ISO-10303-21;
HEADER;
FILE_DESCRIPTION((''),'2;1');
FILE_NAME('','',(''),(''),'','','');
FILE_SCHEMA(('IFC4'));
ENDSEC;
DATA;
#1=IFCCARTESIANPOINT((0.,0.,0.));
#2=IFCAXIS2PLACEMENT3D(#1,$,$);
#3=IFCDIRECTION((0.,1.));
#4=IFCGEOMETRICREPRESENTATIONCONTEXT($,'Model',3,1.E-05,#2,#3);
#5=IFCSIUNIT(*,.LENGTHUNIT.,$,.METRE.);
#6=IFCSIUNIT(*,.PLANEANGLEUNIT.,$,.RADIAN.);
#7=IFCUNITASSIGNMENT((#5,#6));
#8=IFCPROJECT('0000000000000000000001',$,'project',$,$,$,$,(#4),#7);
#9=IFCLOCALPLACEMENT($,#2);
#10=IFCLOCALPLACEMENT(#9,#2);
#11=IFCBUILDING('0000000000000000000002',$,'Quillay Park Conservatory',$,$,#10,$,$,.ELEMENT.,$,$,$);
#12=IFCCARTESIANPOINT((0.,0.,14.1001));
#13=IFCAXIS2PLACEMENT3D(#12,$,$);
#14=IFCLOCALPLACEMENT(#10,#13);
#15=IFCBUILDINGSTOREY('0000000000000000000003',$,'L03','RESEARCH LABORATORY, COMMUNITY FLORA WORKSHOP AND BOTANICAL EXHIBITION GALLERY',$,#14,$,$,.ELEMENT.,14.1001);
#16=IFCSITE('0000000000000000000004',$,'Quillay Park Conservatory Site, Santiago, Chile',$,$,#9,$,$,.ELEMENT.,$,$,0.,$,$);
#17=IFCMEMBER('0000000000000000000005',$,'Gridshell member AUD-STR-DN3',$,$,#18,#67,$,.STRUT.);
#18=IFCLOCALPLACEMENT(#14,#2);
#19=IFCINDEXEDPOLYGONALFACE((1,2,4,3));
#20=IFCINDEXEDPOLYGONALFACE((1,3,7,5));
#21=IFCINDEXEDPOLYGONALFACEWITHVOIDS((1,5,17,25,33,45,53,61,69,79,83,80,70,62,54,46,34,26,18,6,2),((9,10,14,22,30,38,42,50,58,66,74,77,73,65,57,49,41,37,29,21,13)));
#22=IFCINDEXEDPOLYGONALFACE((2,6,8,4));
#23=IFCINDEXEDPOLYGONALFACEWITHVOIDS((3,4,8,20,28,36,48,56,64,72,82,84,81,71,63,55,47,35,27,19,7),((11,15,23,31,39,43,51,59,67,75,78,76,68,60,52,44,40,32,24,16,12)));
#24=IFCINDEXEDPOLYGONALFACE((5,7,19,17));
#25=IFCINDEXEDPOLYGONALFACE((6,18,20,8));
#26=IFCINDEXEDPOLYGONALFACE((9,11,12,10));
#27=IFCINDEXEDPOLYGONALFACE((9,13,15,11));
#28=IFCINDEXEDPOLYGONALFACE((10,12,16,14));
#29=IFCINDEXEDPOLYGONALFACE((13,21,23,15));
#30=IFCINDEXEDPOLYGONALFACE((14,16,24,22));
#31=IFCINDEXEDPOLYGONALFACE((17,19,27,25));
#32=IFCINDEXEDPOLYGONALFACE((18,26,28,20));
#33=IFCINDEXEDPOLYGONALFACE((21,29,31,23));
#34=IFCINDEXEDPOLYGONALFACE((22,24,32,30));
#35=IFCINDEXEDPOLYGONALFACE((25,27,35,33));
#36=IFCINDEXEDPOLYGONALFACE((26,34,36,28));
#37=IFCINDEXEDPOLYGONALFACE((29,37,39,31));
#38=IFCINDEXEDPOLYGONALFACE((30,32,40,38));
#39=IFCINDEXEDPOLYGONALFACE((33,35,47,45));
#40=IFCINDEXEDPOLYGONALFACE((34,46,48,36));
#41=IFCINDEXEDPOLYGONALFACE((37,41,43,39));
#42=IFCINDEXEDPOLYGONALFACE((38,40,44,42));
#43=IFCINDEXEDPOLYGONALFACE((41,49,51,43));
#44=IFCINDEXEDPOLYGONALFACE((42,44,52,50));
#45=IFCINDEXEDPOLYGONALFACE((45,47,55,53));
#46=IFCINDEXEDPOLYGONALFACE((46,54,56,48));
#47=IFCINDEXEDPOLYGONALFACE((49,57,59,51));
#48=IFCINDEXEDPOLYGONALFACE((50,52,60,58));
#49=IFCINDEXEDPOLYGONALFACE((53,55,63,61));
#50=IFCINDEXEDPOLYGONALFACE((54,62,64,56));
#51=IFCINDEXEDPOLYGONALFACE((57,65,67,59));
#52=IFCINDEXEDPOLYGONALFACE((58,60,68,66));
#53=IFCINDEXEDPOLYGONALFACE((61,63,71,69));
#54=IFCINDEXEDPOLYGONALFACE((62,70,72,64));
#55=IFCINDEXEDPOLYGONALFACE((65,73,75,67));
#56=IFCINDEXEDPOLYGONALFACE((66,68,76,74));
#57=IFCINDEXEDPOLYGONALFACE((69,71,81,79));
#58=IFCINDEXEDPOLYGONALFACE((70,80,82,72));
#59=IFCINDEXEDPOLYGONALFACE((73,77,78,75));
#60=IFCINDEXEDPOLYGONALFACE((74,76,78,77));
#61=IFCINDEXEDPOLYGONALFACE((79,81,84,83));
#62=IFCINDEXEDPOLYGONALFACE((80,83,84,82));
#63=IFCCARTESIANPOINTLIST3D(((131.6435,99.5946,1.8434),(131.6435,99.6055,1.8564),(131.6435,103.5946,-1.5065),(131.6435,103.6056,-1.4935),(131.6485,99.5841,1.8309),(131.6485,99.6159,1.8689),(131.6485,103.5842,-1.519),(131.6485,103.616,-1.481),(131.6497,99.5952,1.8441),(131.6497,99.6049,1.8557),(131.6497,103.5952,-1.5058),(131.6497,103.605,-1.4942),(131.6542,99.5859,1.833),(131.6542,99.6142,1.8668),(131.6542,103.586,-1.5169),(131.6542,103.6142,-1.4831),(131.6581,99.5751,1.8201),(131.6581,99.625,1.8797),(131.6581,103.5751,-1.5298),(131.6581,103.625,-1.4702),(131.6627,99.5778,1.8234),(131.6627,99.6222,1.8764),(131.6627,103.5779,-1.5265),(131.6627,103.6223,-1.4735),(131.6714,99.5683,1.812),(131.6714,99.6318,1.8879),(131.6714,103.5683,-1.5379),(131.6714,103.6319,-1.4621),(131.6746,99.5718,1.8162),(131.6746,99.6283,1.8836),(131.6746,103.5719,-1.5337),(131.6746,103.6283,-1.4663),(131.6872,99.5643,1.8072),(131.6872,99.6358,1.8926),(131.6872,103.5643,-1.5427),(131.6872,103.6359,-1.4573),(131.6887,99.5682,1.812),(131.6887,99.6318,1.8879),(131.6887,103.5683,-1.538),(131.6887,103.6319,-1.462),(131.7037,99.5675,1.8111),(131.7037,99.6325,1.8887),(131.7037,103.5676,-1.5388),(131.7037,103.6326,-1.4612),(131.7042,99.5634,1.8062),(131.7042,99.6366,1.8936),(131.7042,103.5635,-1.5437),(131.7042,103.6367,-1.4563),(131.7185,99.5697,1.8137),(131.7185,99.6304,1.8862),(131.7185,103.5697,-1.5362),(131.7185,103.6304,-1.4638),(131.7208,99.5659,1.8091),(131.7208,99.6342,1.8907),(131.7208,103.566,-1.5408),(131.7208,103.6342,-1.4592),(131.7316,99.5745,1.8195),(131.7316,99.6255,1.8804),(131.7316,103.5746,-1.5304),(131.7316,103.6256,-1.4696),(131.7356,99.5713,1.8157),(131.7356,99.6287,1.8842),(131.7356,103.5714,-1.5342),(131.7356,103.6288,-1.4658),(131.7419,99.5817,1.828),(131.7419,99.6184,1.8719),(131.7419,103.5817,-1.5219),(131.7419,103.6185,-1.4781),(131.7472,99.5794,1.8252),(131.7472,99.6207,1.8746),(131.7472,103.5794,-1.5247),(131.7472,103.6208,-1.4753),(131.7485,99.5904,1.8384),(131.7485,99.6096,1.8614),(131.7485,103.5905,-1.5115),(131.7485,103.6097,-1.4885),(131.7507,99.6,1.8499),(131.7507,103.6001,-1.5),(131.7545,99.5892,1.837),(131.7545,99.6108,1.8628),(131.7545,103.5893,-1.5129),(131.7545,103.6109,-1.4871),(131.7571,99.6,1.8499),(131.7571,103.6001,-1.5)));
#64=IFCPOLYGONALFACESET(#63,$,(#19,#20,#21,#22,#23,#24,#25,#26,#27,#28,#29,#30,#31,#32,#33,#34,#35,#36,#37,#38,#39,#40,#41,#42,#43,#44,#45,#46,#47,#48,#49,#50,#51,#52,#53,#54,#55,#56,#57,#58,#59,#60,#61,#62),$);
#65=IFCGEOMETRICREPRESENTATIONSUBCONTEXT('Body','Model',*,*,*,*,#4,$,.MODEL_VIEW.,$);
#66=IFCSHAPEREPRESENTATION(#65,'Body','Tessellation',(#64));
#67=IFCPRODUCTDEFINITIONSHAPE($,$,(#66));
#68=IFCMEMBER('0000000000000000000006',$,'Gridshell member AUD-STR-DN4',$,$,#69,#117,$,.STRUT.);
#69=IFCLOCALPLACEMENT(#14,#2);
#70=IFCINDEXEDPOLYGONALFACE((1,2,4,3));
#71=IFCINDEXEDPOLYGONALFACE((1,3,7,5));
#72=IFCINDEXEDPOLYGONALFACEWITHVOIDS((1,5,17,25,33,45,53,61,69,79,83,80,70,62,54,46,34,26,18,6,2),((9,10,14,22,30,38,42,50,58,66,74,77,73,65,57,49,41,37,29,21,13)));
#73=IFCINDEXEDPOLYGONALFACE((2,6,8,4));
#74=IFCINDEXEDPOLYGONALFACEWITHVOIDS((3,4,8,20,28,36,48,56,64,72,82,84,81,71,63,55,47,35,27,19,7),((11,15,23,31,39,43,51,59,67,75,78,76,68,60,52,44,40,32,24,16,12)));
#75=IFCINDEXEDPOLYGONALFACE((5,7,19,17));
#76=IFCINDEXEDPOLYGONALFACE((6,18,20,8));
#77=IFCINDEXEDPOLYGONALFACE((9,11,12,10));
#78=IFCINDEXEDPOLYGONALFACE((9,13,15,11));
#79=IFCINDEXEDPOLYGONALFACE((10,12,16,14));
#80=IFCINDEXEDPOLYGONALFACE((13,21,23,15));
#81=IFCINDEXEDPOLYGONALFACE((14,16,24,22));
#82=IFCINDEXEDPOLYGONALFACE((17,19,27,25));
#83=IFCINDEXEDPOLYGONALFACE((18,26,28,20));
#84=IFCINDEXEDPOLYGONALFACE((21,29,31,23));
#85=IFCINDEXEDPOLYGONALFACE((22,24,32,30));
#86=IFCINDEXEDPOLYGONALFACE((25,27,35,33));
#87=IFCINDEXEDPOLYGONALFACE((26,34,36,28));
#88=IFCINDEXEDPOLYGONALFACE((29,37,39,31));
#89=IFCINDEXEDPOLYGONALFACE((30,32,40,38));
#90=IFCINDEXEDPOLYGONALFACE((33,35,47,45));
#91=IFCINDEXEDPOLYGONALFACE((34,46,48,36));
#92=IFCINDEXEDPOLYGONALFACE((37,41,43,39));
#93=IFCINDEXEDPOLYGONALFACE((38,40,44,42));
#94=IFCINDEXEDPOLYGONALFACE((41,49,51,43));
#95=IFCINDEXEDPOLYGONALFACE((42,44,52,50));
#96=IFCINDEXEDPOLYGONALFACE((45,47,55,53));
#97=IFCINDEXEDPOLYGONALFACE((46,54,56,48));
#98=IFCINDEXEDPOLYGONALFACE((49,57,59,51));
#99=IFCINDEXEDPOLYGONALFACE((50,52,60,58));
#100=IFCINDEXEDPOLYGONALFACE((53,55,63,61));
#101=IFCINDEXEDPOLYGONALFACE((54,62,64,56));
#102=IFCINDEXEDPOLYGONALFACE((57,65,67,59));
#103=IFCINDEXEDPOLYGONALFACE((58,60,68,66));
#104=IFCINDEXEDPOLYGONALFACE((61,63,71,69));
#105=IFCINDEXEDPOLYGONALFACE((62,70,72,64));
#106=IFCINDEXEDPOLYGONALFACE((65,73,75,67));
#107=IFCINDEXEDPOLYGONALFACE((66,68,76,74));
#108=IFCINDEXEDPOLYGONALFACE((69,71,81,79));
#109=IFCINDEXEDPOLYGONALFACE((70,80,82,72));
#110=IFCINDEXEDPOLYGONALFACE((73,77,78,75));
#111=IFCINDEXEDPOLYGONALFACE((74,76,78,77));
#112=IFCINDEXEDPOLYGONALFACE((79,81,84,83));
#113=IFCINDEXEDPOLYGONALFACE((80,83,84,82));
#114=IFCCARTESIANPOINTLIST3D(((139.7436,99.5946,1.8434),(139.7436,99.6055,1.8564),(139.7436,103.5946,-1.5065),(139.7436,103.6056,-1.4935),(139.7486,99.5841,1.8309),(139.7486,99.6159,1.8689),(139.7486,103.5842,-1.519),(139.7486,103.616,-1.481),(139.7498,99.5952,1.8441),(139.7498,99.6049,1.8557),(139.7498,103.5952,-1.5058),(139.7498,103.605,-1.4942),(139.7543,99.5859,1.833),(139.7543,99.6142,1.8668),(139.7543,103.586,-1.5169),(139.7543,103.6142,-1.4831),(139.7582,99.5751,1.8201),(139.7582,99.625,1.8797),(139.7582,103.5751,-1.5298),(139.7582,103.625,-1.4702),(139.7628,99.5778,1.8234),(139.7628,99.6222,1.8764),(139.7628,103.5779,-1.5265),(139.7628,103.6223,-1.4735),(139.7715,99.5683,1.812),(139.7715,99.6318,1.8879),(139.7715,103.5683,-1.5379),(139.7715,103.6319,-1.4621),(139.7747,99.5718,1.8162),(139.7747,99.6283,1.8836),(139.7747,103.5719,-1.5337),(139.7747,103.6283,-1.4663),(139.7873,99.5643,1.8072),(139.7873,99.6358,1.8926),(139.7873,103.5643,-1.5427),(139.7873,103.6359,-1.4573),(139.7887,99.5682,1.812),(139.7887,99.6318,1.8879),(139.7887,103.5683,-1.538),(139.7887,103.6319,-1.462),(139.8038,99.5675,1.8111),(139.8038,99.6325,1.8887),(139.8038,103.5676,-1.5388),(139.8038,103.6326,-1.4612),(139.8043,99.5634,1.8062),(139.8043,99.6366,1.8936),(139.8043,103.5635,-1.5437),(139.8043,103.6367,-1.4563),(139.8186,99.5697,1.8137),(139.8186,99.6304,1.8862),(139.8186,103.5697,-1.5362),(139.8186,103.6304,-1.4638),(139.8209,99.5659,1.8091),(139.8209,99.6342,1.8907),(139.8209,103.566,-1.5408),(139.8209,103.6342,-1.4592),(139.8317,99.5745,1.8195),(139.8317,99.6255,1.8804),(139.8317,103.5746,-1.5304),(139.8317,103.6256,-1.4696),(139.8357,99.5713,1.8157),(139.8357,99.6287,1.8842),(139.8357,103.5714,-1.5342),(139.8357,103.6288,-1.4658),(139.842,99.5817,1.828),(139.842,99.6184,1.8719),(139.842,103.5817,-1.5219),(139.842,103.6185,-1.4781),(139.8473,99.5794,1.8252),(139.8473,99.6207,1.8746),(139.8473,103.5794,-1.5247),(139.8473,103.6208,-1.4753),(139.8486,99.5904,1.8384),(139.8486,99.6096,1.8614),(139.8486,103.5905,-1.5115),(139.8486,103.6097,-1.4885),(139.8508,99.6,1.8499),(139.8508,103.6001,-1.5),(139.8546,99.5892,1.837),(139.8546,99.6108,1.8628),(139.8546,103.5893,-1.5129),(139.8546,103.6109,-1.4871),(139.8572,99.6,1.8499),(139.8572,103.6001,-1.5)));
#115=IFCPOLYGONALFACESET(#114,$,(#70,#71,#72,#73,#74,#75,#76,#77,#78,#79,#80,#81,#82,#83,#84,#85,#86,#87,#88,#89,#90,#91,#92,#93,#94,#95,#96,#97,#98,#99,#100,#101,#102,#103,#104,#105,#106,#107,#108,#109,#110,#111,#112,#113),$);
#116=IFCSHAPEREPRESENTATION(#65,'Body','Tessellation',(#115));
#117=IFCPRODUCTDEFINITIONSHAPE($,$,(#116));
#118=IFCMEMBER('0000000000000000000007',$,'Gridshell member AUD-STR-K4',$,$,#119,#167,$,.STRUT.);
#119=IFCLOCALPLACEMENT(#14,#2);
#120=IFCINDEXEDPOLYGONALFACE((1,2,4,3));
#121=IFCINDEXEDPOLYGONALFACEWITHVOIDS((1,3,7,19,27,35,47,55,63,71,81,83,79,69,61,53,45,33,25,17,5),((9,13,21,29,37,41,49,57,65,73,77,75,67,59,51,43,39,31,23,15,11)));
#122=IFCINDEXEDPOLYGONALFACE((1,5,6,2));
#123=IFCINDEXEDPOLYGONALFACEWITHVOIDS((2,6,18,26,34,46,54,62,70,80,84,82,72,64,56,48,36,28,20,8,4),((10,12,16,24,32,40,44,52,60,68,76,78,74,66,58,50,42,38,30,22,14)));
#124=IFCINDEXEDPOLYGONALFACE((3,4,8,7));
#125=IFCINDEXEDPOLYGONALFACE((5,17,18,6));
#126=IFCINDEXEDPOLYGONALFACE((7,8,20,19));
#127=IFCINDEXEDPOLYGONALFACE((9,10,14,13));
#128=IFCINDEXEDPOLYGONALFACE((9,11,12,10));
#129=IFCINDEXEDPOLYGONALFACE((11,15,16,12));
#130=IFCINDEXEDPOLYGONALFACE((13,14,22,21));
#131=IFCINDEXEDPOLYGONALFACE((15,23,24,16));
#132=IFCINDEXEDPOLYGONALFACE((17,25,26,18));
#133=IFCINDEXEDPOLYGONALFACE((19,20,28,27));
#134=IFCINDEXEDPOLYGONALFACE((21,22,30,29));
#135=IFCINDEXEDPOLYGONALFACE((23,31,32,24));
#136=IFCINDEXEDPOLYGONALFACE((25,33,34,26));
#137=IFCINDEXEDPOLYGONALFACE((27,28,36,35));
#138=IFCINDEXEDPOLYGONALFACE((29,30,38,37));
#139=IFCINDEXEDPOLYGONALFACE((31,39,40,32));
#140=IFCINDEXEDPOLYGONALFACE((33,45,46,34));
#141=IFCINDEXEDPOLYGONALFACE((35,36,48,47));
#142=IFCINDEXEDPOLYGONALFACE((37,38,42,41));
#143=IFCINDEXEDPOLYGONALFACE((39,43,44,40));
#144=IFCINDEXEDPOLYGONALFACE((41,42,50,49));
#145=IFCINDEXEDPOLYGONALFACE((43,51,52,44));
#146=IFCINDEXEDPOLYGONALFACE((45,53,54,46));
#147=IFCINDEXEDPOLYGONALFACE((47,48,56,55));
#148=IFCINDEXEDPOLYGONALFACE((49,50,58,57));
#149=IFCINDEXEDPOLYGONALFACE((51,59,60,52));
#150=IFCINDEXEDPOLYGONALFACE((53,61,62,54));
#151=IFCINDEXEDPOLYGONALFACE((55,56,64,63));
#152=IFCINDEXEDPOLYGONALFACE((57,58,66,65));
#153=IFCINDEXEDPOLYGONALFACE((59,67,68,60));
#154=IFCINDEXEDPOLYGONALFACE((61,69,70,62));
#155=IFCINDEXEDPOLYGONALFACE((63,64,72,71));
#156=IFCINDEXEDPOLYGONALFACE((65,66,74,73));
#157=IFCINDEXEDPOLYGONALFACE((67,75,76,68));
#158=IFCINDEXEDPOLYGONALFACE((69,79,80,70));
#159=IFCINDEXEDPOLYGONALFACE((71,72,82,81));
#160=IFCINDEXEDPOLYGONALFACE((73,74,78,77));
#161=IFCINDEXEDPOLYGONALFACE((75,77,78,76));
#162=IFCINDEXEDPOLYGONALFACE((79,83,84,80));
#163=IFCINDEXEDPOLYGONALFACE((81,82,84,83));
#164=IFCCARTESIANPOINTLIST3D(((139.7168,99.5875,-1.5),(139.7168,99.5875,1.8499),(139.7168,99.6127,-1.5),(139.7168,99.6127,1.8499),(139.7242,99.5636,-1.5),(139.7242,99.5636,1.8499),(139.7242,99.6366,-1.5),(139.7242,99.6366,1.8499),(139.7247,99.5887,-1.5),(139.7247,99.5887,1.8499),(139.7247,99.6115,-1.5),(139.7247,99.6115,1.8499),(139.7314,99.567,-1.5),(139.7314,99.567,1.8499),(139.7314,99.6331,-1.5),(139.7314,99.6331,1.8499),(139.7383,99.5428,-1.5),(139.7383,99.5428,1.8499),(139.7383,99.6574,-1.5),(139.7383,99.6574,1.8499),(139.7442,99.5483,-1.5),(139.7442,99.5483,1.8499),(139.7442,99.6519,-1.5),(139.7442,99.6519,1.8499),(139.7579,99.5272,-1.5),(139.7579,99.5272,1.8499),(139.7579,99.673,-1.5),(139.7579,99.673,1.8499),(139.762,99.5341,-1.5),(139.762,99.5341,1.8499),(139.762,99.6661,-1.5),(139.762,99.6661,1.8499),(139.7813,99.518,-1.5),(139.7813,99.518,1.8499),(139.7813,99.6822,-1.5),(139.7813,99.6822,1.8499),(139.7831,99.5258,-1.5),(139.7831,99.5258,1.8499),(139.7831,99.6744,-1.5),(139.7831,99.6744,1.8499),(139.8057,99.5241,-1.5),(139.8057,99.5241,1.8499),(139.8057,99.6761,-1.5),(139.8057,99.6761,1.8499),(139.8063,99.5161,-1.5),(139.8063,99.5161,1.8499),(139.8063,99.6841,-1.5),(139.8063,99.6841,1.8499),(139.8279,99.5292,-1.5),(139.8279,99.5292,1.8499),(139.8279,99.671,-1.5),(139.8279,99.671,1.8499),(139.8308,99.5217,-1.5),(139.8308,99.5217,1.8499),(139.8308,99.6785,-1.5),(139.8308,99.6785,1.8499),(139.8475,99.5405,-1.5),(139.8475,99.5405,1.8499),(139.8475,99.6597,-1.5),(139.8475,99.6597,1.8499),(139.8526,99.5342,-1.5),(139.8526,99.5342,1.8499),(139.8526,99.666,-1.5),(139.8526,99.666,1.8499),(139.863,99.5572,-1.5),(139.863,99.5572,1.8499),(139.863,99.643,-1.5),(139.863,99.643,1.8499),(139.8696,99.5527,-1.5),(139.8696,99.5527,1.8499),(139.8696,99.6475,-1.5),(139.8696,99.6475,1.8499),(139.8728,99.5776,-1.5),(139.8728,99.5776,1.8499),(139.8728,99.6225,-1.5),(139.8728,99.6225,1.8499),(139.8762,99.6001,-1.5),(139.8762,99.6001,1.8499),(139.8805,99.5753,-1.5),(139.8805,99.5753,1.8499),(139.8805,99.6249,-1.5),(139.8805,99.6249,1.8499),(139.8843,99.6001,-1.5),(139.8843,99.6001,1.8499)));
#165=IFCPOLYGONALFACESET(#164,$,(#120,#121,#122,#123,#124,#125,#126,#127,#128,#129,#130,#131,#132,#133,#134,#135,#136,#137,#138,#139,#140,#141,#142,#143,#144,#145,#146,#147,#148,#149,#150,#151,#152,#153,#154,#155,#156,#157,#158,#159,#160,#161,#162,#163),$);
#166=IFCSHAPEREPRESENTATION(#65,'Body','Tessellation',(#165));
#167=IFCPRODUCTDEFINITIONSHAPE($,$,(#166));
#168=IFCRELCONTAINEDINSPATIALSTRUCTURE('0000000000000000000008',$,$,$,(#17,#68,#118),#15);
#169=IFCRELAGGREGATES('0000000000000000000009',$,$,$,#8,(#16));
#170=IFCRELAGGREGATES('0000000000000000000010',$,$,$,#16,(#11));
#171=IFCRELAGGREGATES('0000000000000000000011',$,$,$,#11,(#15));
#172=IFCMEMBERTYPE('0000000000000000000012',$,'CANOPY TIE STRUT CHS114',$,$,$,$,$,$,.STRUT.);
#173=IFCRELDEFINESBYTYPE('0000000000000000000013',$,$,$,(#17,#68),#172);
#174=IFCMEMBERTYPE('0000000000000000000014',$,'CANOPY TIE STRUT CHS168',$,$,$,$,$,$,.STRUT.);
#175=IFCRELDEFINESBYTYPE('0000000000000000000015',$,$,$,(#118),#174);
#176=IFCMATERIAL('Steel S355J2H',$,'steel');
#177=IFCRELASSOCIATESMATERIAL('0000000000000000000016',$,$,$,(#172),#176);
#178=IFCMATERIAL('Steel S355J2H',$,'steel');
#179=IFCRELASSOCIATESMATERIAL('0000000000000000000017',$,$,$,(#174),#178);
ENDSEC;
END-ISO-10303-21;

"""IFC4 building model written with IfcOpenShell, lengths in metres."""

from ifc_helpers import new_model, si_unit, direction, frame, origin, origin_2d, place, context, subcontext, project, spatial, hollow_circle, extrude, material, material_profile, profile_set, type_object, element, save


model = new_model("IFC4")

# Units and contexts
model_context = context("Model", 3, precision=1e-05, world=origin(), true_north=direction((0.0, 1.0)))
body_context = subcontext(model_context, "Body", "Model", "MODEL_VIEW")
ifc_project = project(units=[si_unit("LENGTHUNIT", "METRE"), si_unit("PLANEANGLEUNIT", "RADIAN")], contexts=[model_context])

# Site, building, storey
site_placement = place(None, origin())
site = spatial("IfcSite", under=ifc_project, at=site_placement, Name="Quillay Park Conservatory Site, Santiago, Chile", CompositionType="ELEMENT", RefElevation=0.0)
building_placement = place(site_placement, origin())
building = spatial("IfcBuilding", under=site, at=building_placement, Name="Quillay Park Conservatory", CompositionType="ELEMENT")
storey_placement = place(building_placement, frame((0.0, 0.0, 14.1001)))
storey = spatial("IfcBuildingStorey", under=building, at=storey_placement, Name="L03", Description="RESEARCH LABORATORY, COMMUNITY FLORA WORKSHOP AND BOTANICAL EXHIBITION GALLERY", CompositionType="ELEMENT", Elevation=14.1001)

# Members
ifc_material_1 = material(Name="Steel S355J2H", Category="steel")
ifc_material_profile_1 = material_profile(ifc_material_1, hollow_circle(Radius=0.0571, WallThickness=0.0063, at=origin_2d()), Name="CHS114.3x6.3")
ifc_profile_set_1 = profile_set([ifc_material_profile_1], Name="Steel S355J2H")
member_type_1 = type_object("IfcMemberType", Name="CANOPY TIE STRUT CHS114", PredefinedType="STRUT", material=ifc_profile_set_1)
for number, where, z_axis, x_axis, name in (
    (1, (131.7, 103.6001, -1.5), (0.0, -0.766662, 0.642051), (1.0, 0.0, 0.0), "Gridshell member AUD-STR-DN3"),
    (2, (139.8, 103.6001, -1.5), (0.0, -0.766662, 0.642051), (1.0, 0.0, 0.0), "Gridshell member AUD-STR-DN4"),
):
    element("IfcMember", number, at=place(storey_placement, frame(where, z_axis=z_axis, x_axis=x_axis)), inside=storey, type_object=member_type_1, Name=name, PredefinedType="STRUT", context=body_context, shape_type="SweptSolid", body=[
        extrude(hollow_circle(Radius=0.0571, WallThickness=0.0063, at=origin_2d()), origin(), (0.0, 0.0, 1.0), 5.2175),
    ])
ifc_material_2 = material(Name="Steel S355J2H", Category="steel")
ifc_material_profile_2 = material_profile(ifc_material_2, hollow_circle(Radius=0.0842, WallThickness=0.0081, at=origin_2d()), Name="CHS168.3x8")
ifc_profile_set_2 = profile_set([ifc_material_profile_2], Name="Steel S355J2H")
member_type_2 = type_object("IfcMemberType", Name="CANOPY TIE STRUT CHS168", PredefinedType="STRUT", material=ifc_profile_set_2)
for number, where, z_axis, x_axis, name in (
    (3, (139.8, 99.6001, -1.5), (0.0, 0.0, 1.0), (1.0, 0.0, 0.0), "Gridshell member AUD-STR-K4"),
):
    element("IfcMember", number, at=place(storey_placement, frame(where, z_axis=z_axis, x_axis=x_axis)), inside=storey, type_object=member_type_2, Name=name, PredefinedType="STRUT", context=body_context, shape_type="SweptSolid", body=[
        extrude(hollow_circle(Radius=0.0842, WallThickness=0.0081, at=origin_2d()), origin(), (0.0, 0.0, 1.0), 3.3499),
    ])

save(model, "model.ifc")
